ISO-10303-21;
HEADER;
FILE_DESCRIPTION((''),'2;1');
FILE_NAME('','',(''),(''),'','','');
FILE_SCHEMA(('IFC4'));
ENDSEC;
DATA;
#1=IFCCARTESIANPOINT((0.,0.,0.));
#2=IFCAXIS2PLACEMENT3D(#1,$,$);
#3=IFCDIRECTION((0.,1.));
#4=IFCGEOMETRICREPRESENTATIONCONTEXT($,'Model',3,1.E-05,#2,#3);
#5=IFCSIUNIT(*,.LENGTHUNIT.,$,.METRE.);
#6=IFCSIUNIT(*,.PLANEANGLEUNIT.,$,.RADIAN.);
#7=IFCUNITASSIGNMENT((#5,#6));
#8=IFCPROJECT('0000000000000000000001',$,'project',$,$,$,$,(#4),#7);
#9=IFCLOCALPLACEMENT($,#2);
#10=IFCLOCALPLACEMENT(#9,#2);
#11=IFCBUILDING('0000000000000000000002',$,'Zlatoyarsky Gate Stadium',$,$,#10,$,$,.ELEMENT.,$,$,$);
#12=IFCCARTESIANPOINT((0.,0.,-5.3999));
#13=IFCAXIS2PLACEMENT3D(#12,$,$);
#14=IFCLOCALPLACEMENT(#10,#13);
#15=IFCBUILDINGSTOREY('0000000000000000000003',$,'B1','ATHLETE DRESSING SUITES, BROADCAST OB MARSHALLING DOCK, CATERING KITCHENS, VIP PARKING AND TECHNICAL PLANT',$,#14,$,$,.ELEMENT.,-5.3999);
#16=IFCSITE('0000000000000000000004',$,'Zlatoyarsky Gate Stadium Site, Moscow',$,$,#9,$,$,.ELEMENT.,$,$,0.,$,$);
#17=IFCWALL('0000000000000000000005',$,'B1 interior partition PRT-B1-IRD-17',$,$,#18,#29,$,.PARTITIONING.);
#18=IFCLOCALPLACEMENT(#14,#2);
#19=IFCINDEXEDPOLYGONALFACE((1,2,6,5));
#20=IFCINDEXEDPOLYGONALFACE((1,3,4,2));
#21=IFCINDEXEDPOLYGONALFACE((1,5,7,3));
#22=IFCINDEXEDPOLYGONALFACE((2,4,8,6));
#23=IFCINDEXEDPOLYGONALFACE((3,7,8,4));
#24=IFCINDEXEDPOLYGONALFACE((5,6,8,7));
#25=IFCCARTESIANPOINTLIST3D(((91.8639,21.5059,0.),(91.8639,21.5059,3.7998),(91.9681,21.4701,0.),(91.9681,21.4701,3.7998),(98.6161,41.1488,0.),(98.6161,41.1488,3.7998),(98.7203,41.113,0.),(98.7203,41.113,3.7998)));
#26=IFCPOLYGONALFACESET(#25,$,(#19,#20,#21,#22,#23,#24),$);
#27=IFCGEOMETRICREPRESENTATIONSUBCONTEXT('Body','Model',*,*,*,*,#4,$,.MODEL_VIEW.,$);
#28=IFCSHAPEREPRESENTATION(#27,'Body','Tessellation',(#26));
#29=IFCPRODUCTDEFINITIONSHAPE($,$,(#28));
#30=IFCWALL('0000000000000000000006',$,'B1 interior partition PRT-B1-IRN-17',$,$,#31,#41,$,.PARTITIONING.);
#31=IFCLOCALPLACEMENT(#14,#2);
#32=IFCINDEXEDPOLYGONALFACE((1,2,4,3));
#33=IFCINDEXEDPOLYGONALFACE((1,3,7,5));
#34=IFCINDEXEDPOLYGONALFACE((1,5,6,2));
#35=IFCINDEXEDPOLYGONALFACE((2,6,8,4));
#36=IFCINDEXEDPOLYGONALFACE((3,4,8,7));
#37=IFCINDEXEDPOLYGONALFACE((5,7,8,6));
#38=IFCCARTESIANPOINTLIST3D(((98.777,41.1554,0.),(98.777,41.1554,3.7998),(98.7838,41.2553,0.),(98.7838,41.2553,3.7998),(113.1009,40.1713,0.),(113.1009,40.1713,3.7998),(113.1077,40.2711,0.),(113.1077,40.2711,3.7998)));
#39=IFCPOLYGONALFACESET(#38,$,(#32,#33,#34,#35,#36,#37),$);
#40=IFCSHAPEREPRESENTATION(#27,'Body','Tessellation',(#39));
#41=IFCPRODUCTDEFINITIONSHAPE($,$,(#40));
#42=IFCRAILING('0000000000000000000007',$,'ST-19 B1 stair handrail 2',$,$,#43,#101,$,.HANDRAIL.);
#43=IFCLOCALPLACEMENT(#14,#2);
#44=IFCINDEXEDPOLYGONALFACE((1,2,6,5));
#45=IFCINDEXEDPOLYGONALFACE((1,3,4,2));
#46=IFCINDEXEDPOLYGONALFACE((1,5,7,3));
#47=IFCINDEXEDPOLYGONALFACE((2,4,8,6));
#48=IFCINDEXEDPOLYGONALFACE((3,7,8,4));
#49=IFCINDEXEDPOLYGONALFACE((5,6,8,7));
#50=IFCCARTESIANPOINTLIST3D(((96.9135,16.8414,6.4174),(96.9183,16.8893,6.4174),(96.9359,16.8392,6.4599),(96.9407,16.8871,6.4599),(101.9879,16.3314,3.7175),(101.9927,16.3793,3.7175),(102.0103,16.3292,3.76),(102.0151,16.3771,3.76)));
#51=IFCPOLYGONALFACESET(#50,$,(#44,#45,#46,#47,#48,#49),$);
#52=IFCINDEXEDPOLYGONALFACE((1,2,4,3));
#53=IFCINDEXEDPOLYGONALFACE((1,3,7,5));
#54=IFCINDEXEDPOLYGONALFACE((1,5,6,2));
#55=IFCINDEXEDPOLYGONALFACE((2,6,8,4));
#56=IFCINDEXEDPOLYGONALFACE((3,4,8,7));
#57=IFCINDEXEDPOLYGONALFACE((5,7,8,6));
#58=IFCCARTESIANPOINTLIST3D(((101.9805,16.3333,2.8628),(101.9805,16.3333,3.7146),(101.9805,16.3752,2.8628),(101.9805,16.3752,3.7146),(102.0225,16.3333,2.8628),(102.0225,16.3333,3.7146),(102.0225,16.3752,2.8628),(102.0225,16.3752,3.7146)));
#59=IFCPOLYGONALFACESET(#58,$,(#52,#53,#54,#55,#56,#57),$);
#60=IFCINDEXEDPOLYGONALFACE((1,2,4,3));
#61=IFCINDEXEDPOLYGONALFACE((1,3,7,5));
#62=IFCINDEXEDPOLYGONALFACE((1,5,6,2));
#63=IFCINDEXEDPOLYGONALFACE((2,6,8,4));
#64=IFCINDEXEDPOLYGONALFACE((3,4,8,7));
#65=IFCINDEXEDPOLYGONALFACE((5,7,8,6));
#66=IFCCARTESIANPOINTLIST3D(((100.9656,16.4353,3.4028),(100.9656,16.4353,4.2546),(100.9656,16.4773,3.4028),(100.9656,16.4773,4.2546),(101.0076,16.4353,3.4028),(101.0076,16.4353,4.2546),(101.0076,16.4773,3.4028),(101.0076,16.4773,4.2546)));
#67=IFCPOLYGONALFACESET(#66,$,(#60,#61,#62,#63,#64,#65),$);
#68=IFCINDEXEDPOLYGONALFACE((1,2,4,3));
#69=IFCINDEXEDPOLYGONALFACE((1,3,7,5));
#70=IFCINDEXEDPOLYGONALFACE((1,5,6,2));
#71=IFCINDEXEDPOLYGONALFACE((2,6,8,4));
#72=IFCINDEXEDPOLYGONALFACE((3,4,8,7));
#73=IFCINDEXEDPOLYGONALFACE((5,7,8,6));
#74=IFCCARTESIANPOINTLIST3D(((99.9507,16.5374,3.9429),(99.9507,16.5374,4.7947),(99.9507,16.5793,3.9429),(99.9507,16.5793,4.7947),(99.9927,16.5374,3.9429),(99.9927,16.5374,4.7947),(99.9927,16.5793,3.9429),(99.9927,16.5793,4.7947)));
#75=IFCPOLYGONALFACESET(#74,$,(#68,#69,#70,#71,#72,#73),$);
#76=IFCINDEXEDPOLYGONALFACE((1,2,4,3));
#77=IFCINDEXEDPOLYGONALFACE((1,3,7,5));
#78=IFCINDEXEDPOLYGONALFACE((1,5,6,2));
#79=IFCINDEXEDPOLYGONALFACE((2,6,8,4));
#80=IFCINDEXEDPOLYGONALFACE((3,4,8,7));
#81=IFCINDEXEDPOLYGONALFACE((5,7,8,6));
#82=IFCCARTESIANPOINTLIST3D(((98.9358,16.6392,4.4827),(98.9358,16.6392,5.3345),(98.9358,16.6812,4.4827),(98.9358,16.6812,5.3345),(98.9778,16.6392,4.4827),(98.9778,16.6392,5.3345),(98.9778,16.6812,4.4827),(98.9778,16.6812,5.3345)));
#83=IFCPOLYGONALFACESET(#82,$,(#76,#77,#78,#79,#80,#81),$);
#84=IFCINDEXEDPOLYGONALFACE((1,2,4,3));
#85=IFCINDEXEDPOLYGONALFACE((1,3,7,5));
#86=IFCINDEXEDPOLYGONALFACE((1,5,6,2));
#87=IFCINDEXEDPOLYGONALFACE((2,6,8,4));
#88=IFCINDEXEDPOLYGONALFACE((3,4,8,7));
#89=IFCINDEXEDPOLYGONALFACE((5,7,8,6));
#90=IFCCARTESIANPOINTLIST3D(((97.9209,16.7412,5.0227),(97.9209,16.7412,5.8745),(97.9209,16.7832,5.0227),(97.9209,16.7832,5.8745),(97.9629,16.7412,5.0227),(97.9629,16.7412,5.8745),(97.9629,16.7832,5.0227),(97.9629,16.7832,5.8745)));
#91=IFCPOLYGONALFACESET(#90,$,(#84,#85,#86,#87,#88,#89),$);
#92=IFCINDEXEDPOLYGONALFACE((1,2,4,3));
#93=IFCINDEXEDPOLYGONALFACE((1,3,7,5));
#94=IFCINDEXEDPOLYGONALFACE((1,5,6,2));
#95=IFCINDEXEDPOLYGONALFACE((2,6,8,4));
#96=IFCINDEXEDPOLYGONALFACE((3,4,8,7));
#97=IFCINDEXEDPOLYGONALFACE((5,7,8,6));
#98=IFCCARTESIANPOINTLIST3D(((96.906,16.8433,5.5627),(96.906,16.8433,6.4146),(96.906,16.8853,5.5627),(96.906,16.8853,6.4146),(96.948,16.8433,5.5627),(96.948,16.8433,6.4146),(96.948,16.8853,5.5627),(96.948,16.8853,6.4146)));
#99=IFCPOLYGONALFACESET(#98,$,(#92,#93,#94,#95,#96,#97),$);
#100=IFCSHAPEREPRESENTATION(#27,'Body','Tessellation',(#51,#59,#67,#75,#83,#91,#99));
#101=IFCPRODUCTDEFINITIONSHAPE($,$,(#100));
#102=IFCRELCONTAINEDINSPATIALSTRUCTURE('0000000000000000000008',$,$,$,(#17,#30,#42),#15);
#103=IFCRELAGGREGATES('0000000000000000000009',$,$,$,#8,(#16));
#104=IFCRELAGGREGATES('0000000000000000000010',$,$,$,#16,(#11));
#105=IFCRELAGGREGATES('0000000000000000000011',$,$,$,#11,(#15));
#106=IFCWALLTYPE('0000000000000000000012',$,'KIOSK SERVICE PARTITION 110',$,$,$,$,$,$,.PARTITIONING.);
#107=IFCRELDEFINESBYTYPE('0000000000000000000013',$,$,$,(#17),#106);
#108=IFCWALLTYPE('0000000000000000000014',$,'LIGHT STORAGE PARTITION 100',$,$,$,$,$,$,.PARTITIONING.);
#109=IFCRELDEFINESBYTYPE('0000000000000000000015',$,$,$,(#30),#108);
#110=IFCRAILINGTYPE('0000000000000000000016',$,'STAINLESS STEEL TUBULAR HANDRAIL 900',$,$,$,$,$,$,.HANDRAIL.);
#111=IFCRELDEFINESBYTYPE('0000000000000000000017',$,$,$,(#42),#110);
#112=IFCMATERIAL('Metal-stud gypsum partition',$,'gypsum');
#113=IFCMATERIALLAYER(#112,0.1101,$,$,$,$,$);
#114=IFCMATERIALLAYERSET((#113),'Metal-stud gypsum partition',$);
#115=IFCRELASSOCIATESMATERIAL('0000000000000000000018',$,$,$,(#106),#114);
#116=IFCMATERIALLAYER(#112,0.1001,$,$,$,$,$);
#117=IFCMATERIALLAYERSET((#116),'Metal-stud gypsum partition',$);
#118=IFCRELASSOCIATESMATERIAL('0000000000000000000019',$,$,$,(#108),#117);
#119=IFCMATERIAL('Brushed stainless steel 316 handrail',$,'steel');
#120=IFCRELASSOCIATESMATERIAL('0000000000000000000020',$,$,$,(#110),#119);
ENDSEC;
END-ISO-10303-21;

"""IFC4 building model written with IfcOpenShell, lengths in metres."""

from ifc_helpers import new_model, si_unit, direction, frame, frame_2d, origin, origin_2d, place, context, subcontext, project, spatial, rectangle, extrude, material, layer, layer_set, type_object, element, save


model = new_model("IFC4")

# Units and contexts
model_context = context("Model", 3, precision=1e-05, world=origin(), true_north=direction((0.0, 1.0)))
body_context = subcontext(model_context, "Body", "Model", "MODEL_VIEW")
ifc_project = project(units=[si_unit("LENGTHUNIT", "METRE"), si_unit("PLANEANGLEUNIT", "RADIAN")], contexts=[model_context])

# Site, building, storey
site_placement = place(None, origin())
site = spatial("IfcSite", under=ifc_project, at=site_placement, Name="Zlatoyarsky Gate Stadium Site, Moscow", CompositionType="ELEMENT", RefElevation=0.0)
building_placement = place(site_placement, origin())
building = spatial("IfcBuilding", under=site, at=building_placement, Name="Zlatoyarsky Gate Stadium", CompositionType="ELEMENT")
storey_placement = place(building_placement, frame((0.0, 0.0, -5.3999)))
storey = spatial("IfcBuildingStorey", under=building, at=storey_placement, Name="B1", Description="ATHLETE DRESSING SUITES, BROADCAST OB MARSHALLING DOCK, CATERING KITCHENS, VIP PARKING AND TECHNICAL PLANT", CompositionType="ELEMENT", Elevation=-5.3999)

# Walls
ifc_material_1 = material(Name="Metal-stud gypsum partition", Category="gypsum")
ifc_layer_1 = layer(ifc_material_1, 0.1101)
ifc_layer_set_1 = layer_set([ifc_layer_1], Name="Metal-stud gypsum partition")
wall_type_1 = type_object("IfcWallType", Name="KIOSK SERVICE PARTITION 110", PredefinedType="PARTITIONING", material=ifc_layer_set_1)
wall_1_placement = place(storey_placement, frame((98.6682, 41.1309, 0.0), z_axis=(0.0, 0.0, 1.0), x_axis=(-0.325079, -0.945687, 0.0)))
element("IfcWall", 1, at=wall_1_placement, inside=storey, type_object=wall_type_1, Name="B1 interior partition PRT-B1-IRD-17", PredefinedType="PARTITIONING", context=body_context, shape_type="SweptSolid", body=[
    extrude(rectangle(XDim=20.771, YDim=0.1101, at=frame_2d((10.3855, 0.0))), origin(), (0.0, 0.0, 1.0), 3.7998),
])
ifc_layer_2 = layer(ifc_material_1, 0.1001)
ifc_layer_set_2 = layer_set([ifc_layer_2], Name="Metal-stud gypsum partition")
wall_type_2 = type_object("IfcWallType", Name="LIGHT STORAGE PARTITION 100", PredefinedType="PARTITIONING", material=ifc_layer_set_2)
wall_2_placement = place(storey_placement, frame((98.7805, 41.2053, 0.0), z_axis=(0.0, 0.0, 1.0), x_axis=(0.997648, -0.068544, 0.0)))
element("IfcWall", 2, at=wall_2_placement, inside=storey, type_object=wall_type_2, Name="B1 interior partition PRT-B1-IRN-17", PredefinedType="PARTITIONING", context=body_context, shape_type="SweptSolid", body=[
    extrude(rectangle(XDim=14.3577, YDim=0.1001, at=frame_2d((7.1787, 0.0))), origin(), (0.0, 0.0, 1.0), 3.7998),
])

# Railing
ifc_material_2 = material(Name="Brushed stainless steel 316 handrail", Category="steel")
railing_type = type_object("IfcRailingType", Name="STAINLESS STEEL TUBULAR HANDRAIL 900", PredefinedType="HANDRAIL", material=ifc_material_2)
railing_placement = place(storey_placement, frame((102.0015, 16.3542, 2.8628)))
element("IfcRailing", 3, at=railing_placement, inside=storey, type_object=railing_type, Name="ST-19 B1 stair handrail 2", PredefinedType="HANDRAIL", context=body_context, shape_type="SweptSolid", body=[
    extrude(rectangle(XDim=0.0481, YDim=0.0481, at=origin_2d()), frame((0.0, 0.0, 0.876), z_axis=(-0.879362, 0.08838, 0.467879), x_axis=(-0.100001, -0.994987, 0.0)), (0.0, 0.0, 1.0), 5.7705),
    extrude(rectangle(XDim=0.042, YDim=0.042, at=origin_2d()), origin(), (0.0, 0.0, 1.0), 0.8518),
    extrude(rectangle(XDim=0.042, YDim=0.042, at=origin_2d()), frame((-1.0149, 0.1021, 0.54)), (0.0, 0.0, 1.0), 0.8518),
    extrude(rectangle(XDim=0.042, YDim=0.042, at=origin_2d()), frame((-2.0298, 0.2041, 1.0801)), (0.0, 0.0, 1.0), 0.8518),
    extrude(rectangle(XDim=0.042, YDim=0.042, at=origin_2d()), frame((-3.0447, 0.3059, 1.6199)), (0.0, 0.0, 1.0), 0.8518),
    extrude(rectangle(XDim=0.042, YDim=0.042, at=origin_2d()), frame((-4.0596, 0.408, 2.1599)), (0.0, 0.0, 1.0), 0.8518),
    extrude(rectangle(XDim=0.042, YDim=0.042, at=origin_2d()), frame((-5.0745, 0.51, 2.7)), (0.0, 0.0, 1.0), 0.8518),
])

save(model, "model.ifc")
